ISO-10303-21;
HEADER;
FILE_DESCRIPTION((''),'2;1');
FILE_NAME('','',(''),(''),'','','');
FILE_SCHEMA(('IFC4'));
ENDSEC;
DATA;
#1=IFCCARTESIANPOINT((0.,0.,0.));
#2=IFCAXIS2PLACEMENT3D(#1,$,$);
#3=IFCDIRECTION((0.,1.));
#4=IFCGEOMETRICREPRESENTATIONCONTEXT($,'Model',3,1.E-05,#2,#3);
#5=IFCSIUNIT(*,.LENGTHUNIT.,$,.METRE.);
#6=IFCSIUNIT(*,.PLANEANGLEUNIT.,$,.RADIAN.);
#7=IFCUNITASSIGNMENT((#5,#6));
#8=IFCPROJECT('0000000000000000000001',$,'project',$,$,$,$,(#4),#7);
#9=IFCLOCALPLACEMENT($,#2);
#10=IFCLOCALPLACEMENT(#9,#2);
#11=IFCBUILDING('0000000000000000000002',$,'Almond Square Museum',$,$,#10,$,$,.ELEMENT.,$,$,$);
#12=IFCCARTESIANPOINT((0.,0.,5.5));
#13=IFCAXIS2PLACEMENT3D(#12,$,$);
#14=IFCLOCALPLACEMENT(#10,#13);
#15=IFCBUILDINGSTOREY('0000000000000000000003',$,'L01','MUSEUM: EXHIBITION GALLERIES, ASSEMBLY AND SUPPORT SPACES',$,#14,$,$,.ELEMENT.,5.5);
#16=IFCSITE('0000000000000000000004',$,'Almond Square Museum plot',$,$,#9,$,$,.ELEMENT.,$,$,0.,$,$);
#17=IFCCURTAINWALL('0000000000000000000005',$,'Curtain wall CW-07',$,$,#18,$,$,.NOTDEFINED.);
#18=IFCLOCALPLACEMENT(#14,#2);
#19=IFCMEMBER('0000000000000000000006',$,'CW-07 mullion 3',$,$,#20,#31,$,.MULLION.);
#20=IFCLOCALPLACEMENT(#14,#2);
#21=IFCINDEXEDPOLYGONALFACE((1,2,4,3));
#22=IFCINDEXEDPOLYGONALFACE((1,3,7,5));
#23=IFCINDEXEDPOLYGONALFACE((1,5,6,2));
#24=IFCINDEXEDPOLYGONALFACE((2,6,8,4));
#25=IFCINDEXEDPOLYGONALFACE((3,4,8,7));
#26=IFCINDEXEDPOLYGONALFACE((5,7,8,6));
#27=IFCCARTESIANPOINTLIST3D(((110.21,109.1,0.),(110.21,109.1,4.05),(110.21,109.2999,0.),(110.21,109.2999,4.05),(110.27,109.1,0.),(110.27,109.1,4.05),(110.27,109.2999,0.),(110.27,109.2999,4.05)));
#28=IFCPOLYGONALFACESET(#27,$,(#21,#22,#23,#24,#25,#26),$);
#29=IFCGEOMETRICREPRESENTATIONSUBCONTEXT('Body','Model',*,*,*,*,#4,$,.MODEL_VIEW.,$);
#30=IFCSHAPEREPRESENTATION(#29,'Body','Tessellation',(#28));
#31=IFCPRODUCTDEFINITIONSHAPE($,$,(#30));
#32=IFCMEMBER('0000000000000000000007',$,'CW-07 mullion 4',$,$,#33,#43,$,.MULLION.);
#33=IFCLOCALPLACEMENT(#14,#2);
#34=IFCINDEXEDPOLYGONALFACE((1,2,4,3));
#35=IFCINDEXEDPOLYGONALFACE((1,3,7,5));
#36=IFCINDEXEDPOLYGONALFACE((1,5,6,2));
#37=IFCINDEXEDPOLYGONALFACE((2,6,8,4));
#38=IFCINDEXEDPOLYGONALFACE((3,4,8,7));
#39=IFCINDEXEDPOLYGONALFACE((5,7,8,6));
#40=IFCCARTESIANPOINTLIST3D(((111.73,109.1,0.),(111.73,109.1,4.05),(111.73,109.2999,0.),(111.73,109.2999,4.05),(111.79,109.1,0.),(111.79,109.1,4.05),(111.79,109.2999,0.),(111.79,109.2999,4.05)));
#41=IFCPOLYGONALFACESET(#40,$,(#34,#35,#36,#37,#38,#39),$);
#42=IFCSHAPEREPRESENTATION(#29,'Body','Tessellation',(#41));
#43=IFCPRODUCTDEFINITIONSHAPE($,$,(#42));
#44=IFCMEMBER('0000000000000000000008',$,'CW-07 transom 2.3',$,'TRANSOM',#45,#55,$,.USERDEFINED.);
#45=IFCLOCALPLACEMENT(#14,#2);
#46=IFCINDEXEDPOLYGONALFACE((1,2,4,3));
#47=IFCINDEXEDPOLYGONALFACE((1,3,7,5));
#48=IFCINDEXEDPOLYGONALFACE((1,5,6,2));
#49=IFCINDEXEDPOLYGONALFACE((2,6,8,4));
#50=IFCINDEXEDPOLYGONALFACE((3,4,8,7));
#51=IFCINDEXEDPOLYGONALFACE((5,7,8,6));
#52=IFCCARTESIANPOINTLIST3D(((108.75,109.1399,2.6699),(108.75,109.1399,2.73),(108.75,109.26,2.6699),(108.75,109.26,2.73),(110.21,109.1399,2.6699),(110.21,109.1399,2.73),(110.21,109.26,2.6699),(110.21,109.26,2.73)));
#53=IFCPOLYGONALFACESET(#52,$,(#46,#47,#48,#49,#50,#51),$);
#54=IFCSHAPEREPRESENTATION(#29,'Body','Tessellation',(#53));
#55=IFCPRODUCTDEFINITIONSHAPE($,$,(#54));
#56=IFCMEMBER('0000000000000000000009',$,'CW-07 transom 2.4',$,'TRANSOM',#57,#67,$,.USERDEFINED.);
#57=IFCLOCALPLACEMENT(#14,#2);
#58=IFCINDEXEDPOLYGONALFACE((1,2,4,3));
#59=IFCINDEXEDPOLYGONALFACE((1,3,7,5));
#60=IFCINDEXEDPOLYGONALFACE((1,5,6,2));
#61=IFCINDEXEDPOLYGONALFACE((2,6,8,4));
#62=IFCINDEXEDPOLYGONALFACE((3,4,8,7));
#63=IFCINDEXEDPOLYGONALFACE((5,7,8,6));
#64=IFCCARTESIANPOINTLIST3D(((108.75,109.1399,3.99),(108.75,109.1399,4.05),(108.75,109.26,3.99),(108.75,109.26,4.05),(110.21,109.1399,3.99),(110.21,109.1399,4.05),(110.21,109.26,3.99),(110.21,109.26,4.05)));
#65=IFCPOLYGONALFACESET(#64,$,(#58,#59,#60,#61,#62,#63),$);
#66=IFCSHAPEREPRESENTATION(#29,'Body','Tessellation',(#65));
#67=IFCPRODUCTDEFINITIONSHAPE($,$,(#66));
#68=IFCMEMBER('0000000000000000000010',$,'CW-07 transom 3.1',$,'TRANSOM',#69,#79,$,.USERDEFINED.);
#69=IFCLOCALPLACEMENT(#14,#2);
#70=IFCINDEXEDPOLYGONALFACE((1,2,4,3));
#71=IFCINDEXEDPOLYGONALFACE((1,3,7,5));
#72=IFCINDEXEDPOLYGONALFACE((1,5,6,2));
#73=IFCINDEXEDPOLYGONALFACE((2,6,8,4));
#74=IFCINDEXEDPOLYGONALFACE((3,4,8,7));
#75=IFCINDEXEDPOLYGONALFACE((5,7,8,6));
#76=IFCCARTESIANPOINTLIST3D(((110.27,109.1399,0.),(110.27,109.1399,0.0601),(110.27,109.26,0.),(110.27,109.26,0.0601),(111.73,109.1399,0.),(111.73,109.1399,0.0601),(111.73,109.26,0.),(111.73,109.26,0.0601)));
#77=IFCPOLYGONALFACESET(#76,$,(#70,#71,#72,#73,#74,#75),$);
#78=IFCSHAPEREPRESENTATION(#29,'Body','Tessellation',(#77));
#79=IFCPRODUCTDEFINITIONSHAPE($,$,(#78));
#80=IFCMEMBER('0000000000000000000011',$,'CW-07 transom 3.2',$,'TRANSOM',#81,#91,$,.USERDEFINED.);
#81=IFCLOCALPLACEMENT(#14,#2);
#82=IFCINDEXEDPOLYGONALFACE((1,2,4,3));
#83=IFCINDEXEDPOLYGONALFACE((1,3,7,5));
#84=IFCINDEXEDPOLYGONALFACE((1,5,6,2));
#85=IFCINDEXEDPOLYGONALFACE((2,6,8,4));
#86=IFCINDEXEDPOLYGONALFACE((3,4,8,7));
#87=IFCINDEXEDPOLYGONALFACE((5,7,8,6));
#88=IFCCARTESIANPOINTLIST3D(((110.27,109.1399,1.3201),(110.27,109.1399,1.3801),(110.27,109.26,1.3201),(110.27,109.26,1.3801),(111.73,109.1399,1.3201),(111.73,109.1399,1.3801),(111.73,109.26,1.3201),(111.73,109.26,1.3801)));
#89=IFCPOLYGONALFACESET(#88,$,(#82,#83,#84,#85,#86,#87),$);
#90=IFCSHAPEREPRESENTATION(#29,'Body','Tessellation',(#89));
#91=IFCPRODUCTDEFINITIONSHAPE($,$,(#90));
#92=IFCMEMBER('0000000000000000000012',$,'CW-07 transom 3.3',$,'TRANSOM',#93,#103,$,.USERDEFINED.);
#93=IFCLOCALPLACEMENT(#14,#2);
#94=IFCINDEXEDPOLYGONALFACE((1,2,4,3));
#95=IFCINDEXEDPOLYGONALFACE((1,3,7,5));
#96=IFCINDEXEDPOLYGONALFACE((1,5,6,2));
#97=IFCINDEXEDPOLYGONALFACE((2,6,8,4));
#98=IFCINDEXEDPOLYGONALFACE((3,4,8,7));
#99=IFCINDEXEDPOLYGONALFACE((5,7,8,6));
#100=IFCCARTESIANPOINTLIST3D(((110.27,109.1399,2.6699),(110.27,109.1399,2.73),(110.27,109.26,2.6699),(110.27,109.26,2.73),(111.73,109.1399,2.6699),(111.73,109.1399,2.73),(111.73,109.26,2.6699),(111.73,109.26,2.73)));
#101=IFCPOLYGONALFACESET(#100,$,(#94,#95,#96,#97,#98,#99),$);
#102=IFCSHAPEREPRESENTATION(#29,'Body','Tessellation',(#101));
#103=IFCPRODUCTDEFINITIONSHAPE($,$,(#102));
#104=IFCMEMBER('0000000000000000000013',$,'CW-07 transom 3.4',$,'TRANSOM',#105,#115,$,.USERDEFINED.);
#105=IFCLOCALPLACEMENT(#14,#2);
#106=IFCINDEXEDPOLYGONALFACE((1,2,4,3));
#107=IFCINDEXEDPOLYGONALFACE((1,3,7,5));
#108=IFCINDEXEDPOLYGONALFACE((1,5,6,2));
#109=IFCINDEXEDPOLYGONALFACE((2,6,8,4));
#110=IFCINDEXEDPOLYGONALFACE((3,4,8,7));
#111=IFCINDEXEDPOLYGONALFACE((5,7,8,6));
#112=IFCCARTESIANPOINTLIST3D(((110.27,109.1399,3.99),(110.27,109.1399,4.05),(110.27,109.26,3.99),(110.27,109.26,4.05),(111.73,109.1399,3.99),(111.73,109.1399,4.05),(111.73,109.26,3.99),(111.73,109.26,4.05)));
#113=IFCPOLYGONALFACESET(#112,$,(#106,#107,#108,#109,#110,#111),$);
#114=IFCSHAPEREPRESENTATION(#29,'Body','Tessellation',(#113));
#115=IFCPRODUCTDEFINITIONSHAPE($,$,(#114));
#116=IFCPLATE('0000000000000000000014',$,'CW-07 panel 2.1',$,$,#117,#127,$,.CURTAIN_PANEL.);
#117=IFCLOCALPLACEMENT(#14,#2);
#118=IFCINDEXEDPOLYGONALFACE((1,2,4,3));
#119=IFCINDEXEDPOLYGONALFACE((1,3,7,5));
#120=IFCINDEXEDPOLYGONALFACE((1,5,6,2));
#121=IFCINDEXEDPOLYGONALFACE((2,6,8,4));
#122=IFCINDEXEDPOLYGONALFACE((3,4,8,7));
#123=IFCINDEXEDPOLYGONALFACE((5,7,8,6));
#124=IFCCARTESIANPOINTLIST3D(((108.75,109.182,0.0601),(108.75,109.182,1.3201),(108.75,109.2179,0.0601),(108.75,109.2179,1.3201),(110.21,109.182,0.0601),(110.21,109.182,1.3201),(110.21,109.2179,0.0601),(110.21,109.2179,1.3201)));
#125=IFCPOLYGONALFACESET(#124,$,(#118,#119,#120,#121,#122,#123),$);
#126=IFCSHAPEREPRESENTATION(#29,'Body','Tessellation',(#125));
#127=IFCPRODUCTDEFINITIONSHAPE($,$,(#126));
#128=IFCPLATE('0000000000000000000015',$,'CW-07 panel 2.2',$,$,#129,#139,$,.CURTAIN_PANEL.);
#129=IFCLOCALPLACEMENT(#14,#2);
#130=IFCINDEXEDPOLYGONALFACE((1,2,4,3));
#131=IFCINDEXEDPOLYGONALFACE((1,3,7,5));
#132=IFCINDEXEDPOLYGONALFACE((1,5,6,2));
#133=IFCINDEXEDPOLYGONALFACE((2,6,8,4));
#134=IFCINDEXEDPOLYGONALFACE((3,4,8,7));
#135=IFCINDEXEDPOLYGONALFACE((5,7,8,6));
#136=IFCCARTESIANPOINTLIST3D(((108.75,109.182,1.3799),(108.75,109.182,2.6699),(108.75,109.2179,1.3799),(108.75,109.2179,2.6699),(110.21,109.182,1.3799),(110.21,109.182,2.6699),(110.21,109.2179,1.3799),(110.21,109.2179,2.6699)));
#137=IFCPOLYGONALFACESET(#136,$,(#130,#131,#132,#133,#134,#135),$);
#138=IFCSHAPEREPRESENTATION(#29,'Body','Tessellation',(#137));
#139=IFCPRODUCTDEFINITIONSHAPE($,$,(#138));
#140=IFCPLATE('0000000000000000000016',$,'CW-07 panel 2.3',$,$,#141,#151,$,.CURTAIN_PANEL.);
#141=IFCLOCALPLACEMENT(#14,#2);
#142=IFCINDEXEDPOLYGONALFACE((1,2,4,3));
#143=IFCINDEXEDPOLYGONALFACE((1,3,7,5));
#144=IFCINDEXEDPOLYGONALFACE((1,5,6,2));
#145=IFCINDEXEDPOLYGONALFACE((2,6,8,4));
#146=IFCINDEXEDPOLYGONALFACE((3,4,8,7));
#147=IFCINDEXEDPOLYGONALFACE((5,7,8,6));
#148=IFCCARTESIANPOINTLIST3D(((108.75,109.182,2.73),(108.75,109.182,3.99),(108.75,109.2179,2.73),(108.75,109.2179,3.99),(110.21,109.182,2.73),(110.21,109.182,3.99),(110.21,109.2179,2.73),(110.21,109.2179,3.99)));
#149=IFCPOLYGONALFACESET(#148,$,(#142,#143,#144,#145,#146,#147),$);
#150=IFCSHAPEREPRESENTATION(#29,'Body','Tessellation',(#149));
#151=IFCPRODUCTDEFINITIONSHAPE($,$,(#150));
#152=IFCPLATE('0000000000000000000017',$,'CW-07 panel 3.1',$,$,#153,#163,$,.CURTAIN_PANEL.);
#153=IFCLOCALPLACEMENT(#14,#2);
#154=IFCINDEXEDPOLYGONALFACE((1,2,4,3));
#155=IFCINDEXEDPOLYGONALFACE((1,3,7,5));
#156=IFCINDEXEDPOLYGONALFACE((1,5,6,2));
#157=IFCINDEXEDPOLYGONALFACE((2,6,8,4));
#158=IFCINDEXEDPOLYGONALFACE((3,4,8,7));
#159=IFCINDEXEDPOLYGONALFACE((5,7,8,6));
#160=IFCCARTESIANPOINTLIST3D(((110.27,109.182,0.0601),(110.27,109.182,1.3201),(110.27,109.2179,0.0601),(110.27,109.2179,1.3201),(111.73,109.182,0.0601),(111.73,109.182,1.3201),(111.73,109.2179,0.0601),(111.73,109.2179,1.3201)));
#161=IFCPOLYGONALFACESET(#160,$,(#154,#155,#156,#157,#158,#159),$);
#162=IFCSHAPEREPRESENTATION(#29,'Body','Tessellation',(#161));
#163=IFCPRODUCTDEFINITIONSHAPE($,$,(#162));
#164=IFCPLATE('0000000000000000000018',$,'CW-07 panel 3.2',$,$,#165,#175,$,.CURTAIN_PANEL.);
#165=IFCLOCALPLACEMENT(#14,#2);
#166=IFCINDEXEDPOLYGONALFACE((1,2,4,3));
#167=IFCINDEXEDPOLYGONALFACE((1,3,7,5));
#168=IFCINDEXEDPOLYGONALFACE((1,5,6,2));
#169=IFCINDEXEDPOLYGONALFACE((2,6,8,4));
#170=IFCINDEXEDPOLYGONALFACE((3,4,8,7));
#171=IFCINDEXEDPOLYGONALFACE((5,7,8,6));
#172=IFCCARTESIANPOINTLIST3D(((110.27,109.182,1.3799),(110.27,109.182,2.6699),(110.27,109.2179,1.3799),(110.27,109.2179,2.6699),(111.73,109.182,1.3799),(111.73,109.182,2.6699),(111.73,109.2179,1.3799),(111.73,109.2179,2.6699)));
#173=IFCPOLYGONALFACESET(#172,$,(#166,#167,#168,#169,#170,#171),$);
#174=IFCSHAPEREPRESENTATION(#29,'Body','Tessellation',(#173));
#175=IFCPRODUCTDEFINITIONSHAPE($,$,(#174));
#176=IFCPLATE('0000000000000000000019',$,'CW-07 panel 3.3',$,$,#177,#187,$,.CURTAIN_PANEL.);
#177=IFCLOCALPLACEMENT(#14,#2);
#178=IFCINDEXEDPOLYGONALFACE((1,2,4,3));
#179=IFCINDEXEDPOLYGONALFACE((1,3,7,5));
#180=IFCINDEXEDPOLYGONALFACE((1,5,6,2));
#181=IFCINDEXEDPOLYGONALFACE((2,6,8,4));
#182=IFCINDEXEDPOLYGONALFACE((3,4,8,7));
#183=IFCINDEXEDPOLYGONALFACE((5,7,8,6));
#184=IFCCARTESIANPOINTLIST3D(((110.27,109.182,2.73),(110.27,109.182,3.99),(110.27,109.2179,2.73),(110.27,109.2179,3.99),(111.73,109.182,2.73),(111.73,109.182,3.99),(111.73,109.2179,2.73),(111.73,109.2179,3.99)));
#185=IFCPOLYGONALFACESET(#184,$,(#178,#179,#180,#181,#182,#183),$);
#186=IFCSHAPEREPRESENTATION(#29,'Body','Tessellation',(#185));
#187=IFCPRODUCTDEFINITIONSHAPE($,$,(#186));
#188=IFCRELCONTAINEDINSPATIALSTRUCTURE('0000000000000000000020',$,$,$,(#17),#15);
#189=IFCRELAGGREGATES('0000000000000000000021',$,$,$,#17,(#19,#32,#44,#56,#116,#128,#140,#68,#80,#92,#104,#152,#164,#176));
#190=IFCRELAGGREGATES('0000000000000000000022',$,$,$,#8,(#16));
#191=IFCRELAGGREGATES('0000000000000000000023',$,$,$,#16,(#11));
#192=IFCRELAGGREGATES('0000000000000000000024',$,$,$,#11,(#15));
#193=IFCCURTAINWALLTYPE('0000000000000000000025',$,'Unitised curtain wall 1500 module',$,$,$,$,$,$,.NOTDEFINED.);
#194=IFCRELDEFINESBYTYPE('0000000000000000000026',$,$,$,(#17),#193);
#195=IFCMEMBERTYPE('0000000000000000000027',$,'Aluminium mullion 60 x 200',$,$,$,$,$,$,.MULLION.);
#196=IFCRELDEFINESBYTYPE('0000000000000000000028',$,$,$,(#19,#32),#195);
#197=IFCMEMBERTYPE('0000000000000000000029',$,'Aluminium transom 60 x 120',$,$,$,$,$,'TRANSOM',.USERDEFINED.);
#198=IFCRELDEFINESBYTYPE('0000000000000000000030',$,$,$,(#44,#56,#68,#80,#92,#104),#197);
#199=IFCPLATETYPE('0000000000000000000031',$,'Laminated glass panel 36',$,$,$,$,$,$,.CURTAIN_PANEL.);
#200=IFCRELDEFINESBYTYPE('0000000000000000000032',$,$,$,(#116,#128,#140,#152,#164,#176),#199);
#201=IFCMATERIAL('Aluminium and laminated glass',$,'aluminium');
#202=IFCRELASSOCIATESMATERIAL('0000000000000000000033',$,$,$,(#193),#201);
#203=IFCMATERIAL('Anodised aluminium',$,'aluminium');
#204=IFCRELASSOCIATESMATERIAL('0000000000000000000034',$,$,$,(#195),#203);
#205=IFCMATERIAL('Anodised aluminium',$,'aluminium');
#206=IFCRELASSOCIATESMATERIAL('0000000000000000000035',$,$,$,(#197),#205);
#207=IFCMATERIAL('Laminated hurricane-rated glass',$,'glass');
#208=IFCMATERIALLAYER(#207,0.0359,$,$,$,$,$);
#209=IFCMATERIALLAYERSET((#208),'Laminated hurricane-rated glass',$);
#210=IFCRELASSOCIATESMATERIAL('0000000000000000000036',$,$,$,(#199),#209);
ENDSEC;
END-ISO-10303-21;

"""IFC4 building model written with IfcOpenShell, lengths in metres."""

from ifc_helpers import new_model, si_unit, direction, frame, origin, origin_2d, place, context, subcontext, project, spatial, rectangle, extrude, material, layer, layer_set, material_profile, profile_set, type_object, element, aggregate, save


model = new_model("IFC4")

# Units and contexts
model_context = context("Model", 3, precision=1e-05, world=origin(), true_north=direction((0.0, 1.0)))
body_context = subcontext(model_context, "Body", "Model", "MODEL_VIEW")
ifc_project = project(units=[si_unit("LENGTHUNIT", "METRE"), si_unit("PLANEANGLEUNIT", "RADIAN")], contexts=[model_context])

# Site, building, storey
site_placement = place(None, origin())
site = spatial("IfcSite", under=ifc_project, at=site_placement, Name="Almond Square Museum plot", CompositionType="ELEMENT", RefElevation=0.0)
building_placement = place(site_placement, origin())
building = spatial("IfcBuilding", under=site, at=building_placement, Name="Almond Square Museum", CompositionType="ELEMENT")
storey_placement = place(building_placement, frame((0.0, 0.0, 5.5)))
storey = spatial("IfcBuildingStorey", under=building, at=storey_placement, Name="L01", Description="MUSEUM: EXHIBITION GALLERIES, ASSEMBLY AND SUPPORT SPACES", CompositionType="ELEMENT", Elevation=5.5)

# Curtain wall, members, plates
ifc_material_1 = material(Name="Aluminium and laminated glass", Category="aluminium")
curtain_wall_type = type_object("IfcCurtainWallType", Name="Unitised curtain wall 1500 module", PredefinedType="NOTDEFINED", material=ifc_material_1)
curtain_wall_placement = place(storey_placement, origin())
curtain_wall = element("IfcCurtainWall", 1, at=curtain_wall_placement, inside=storey, type_object=curtain_wall_type, Name="Curtain wall CW-07", PredefinedType="NOTDEFINED")
ifc_material_2 = material(Name="Anodised aluminium", Category="aluminium")
ifc_material_profile_1 = material_profile(ifc_material_2, rectangle(XDim=0.2, YDim=0.0601, at=origin_2d()))
ifc_profile_set_1 = profile_set([ifc_material_profile_1], Name="Anodised aluminium")
member_type_1 = type_object("IfcMemberType", Name="Aluminium mullion 60 x 200", PredefinedType="MULLION", material=ifc_profile_set_1)
member_1_placement = place(storey_placement, frame((110.24, 109.2, 0.0), z_axis=(0.0, 0.0, 1.0), x_axis=(0.0, 1.0, 0.0)))
member_1 = element("IfcMember", 2, at=member_1_placement, type_object=member_type_1, Name="CW-07 mullion 3", PredefinedType="MULLION", context=body_context, shape_type="SweptSolid", body=[
    extrude(rectangle(XDim=0.2, YDim=0.0601, at=origin_2d()), origin(), (0.0, 0.0, 1.0), 4.05),
])
member_2_placement = place(storey_placement, frame((111.76, 109.2, 0.0), z_axis=(0.0, 0.0, 1.0), x_axis=(0.0, 1.0, 0.0)))
member_2 = element("IfcMember", 3, at=member_2_placement, type_object=member_type_1, Name="CW-07 mullion 4", PredefinedType="MULLION", context=body_context, shape_type="SweptSolid", body=[
    extrude(rectangle(XDim=0.2, YDim=0.0601, at=origin_2d()), origin(), (0.0, 0.0, 1.0), 4.05),
])
ifc_material_3 = material(Name="Anodised aluminium", Category="aluminium")
ifc_material_profile_2 = material_profile(ifc_material_3, rectangle(XDim=0.1201, YDim=0.0601, at=origin_2d()))
ifc_profile_set_2 = profile_set([ifc_material_profile_2], Name="Anodised aluminium")
member_type_2 = type_object("IfcMemberType", Name="Aluminium transom 60 x 120", ElementType="TRANSOM", PredefinedType="USERDEFINED", material=ifc_profile_set_2)
member_3_placement = place(storey_placement, frame((108.75, 109.2, 2.7), z_axis=(1.0, 0.0, 0.0), x_axis=(0.0, 1.0, 0.0)))
member_3 = element("IfcMember", 4, at=member_3_placement, type_object=member_type_2, Name="CW-07 transom 2.3", ObjectType="TRANSOM", PredefinedType="USERDEFINED", context=body_context, shape_type="SweptSolid", body=[
    extrude(rectangle(XDim=0.1201, YDim=0.0601, at=origin_2d()), origin(), (0.0, 0.0, 1.0), 1.46),
])
member_4_placement = place(storey_placement, frame((108.75, 109.2, 4.02), z_axis=(1.0, 0.0, 0.0), x_axis=(0.0, 1.0, 0.0)))
member_4 = element("IfcMember", 5, at=member_4_placement, type_object=member_type_2, Name="CW-07 transom 2.4", ObjectType="TRANSOM", PredefinedType="USERDEFINED", context=body_context, shape_type="SweptSolid", body=[
    extrude(rectangle(XDim=0.1201, YDim=0.0601, at=origin_2d()), origin(), (0.0, 0.0, 1.0), 1.46),
])
member_5_placement = place(storey_placement, frame((110.27, 109.2, 0.03), z_axis=(1.0, 0.0, 0.0), x_axis=(0.0, 1.0, 0.0)))
member_5 = element("IfcMember", 6, at=member_5_placement, type_object=member_type_2, Name="CW-07 transom 3.1", ObjectType="TRANSOM", PredefinedType="USERDEFINED", context=body_context, shape_type="SweptSolid", body=[
    extrude(rectangle(XDim=0.1201, YDim=0.0601, at=origin_2d()), origin(), (0.0, 0.0, 1.0), 1.46),
])
member_6_placement = place(storey_placement, frame((110.27, 109.2, 1.3501), z_axis=(1.0, 0.0, 0.0), x_axis=(0.0, 1.0, 0.0)))
member_6 = element("IfcMember", 7, at=member_6_placement, type_object=member_type_2, Name="CW-07 transom 3.2", ObjectType="TRANSOM", PredefinedType="USERDEFINED", context=body_context, shape_type="SweptSolid", body=[
    extrude(rectangle(XDim=0.1201, YDim=0.0601, at=origin_2d()), origin(), (0.0, 0.0, 1.0), 1.46),
])
member_7_placement = place(storey_placement, frame((110.27, 109.2, 2.7), z_axis=(1.0, 0.0, 0.0), x_axis=(0.0, 1.0, 0.0)))
member_7 = element("IfcMember", 8, at=member_7_placement, type_object=member_type_2, Name="CW-07 transom 3.3", ObjectType="TRANSOM", PredefinedType="USERDEFINED", context=body_context, shape_type="SweptSolid", body=[
    extrude(rectangle(XDim=0.1201, YDim=0.0601, at=origin_2d()), origin(), (0.0, 0.0, 1.0), 1.46),
])
member_8_placement = place(storey_placement, frame((110.27, 109.2, 4.02), z_axis=(1.0, 0.0, 0.0), x_axis=(0.0, 1.0, 0.0)))
member_8 = element("IfcMember", 9, at=member_8_placement, type_object=member_type_2, Name="CW-07 transom 3.4", ObjectType="TRANSOM", PredefinedType="USERDEFINED", context=body_context, shape_type="SweptSolid", body=[
    extrude(rectangle(XDim=0.1201, YDim=0.0601, at=origin_2d()), origin(), (0.0, 0.0, 1.0), 1.46),
])
ifc_material_4 = material(Name="Laminated hurricane-rated glass", Category="glass")
ifc_layer_1 = layer(ifc_material_4, 0.0359)
ifc_layer_set_1 = layer_set([ifc_layer_1], Name="Laminated hurricane-rated glass")
plate_type = type_object("IfcPlateType", Name="Laminated glass panel 36", PredefinedType="CURTAIN_PANEL", material=ifc_layer_set_1)
plate_1_placement = place(storey_placement, frame((109.48, 109.2, 0.0601), z_axis=(0.0, 0.0, 1.0), x_axis=(1.0, 0.0, 0.0)))
plate_1 = element("IfcPlate", 10, at=plate_1_placement, type_object=plate_type, Name="CW-07 panel 2.1", PredefinedType="CURTAIN_PANEL", context=body_context, shape_type="SweptSolid", body=[
    extrude(rectangle(XDim=1.46, YDim=0.0359, at=origin_2d()), origin(), (0.0, 0.0, 1.0), 1.26),
])
plate_2_placement = place(storey_placement, frame((109.48, 109.2, 1.3799), z_axis=(0.0, 0.0, 1.0), x_axis=(1.0, 0.0, 0.0)))
plate_2 = element("IfcPlate", 11, at=plate_2_placement, type_object=plate_type, Name="CW-07 panel 2.2", PredefinedType="CURTAIN_PANEL", context=body_context, shape_type="SweptSolid", body=[
    extrude(rectangle(XDim=1.46, YDim=0.0359, at=origin_2d()), origin(), (0.0, 0.0, 1.0), 1.29),
])
plate_3_placement = place(storey_placement, frame((109.48, 109.2, 2.73), z_axis=(0.0, 0.0, 1.0), x_axis=(1.0, 0.0, 0.0)))
plate_3 = element("IfcPlate", 12, at=plate_3_placement, type_object=plate_type, Name="CW-07 panel 2.3", PredefinedType="CURTAIN_PANEL", context=body_context, shape_type="SweptSolid", body=[
    extrude(rectangle(XDim=1.46, YDim=0.0359, at=origin_2d()), origin(), (0.0, 0.0, 1.0), 1.26),
])
plate_4_placement = place(storey_placement, frame((111.0, 109.2, 0.0601), z_axis=(0.0, 0.0, 1.0), x_axis=(1.0, 0.0, 0.0)))
plate_4 = element("IfcPlate", 13, at=plate_4_placement, type_object=plate_type, Name="CW-07 panel 3.1", PredefinedType="CURTAIN_PANEL", context=body_context, shape_type="SweptSolid", body=[
    extrude(rectangle(XDim=1.46, YDim=0.0359, at=origin_2d()), origin(), (0.0, 0.0, 1.0), 1.26),
])
plate_5_placement = place(storey_placement, frame((111.0, 109.2, 1.3799), z_axis=(0.0, 0.0, 1.0), x_axis=(1.0, 0.0, 0.0)))
plate_5 = element("IfcPlate", 14, at=plate_5_placement, type_object=plate_type, Name="CW-07 panel 3.2", PredefinedType="CURTAIN_PANEL", context=body_context, shape_type="SweptSolid", body=[
    extrude(rectangle(XDim=1.46, YDim=0.0359, at=origin_2d()), origin(), (0.0, 0.0, 1.0), 1.29),
])
plate_6_placement = place(storey_placement, frame((111.0, 109.2, 2.73), z_axis=(0.0, 0.0, 1.0), x_axis=(1.0, 0.0, 0.0)))
plate_6 = element("IfcPlate", 15, at=plate_6_placement, type_object=plate_type, Name="CW-07 panel 3.3", PredefinedType="CURTAIN_PANEL", context=body_context, shape_type="SweptSolid", body=[
    extrude(rectangle(XDim=1.46, YDim=0.0359, at=origin_2d()), origin(), (0.0, 0.0, 1.0), 1.26),
])
aggregate(curtain_wall, [member_1, member_2, member_3, member_4, plate_1, plate_2, plate_3, member_5, member_6, member_7, member_8, plate_4, plate_5, plate_6])

save(model, "model.ifc")
